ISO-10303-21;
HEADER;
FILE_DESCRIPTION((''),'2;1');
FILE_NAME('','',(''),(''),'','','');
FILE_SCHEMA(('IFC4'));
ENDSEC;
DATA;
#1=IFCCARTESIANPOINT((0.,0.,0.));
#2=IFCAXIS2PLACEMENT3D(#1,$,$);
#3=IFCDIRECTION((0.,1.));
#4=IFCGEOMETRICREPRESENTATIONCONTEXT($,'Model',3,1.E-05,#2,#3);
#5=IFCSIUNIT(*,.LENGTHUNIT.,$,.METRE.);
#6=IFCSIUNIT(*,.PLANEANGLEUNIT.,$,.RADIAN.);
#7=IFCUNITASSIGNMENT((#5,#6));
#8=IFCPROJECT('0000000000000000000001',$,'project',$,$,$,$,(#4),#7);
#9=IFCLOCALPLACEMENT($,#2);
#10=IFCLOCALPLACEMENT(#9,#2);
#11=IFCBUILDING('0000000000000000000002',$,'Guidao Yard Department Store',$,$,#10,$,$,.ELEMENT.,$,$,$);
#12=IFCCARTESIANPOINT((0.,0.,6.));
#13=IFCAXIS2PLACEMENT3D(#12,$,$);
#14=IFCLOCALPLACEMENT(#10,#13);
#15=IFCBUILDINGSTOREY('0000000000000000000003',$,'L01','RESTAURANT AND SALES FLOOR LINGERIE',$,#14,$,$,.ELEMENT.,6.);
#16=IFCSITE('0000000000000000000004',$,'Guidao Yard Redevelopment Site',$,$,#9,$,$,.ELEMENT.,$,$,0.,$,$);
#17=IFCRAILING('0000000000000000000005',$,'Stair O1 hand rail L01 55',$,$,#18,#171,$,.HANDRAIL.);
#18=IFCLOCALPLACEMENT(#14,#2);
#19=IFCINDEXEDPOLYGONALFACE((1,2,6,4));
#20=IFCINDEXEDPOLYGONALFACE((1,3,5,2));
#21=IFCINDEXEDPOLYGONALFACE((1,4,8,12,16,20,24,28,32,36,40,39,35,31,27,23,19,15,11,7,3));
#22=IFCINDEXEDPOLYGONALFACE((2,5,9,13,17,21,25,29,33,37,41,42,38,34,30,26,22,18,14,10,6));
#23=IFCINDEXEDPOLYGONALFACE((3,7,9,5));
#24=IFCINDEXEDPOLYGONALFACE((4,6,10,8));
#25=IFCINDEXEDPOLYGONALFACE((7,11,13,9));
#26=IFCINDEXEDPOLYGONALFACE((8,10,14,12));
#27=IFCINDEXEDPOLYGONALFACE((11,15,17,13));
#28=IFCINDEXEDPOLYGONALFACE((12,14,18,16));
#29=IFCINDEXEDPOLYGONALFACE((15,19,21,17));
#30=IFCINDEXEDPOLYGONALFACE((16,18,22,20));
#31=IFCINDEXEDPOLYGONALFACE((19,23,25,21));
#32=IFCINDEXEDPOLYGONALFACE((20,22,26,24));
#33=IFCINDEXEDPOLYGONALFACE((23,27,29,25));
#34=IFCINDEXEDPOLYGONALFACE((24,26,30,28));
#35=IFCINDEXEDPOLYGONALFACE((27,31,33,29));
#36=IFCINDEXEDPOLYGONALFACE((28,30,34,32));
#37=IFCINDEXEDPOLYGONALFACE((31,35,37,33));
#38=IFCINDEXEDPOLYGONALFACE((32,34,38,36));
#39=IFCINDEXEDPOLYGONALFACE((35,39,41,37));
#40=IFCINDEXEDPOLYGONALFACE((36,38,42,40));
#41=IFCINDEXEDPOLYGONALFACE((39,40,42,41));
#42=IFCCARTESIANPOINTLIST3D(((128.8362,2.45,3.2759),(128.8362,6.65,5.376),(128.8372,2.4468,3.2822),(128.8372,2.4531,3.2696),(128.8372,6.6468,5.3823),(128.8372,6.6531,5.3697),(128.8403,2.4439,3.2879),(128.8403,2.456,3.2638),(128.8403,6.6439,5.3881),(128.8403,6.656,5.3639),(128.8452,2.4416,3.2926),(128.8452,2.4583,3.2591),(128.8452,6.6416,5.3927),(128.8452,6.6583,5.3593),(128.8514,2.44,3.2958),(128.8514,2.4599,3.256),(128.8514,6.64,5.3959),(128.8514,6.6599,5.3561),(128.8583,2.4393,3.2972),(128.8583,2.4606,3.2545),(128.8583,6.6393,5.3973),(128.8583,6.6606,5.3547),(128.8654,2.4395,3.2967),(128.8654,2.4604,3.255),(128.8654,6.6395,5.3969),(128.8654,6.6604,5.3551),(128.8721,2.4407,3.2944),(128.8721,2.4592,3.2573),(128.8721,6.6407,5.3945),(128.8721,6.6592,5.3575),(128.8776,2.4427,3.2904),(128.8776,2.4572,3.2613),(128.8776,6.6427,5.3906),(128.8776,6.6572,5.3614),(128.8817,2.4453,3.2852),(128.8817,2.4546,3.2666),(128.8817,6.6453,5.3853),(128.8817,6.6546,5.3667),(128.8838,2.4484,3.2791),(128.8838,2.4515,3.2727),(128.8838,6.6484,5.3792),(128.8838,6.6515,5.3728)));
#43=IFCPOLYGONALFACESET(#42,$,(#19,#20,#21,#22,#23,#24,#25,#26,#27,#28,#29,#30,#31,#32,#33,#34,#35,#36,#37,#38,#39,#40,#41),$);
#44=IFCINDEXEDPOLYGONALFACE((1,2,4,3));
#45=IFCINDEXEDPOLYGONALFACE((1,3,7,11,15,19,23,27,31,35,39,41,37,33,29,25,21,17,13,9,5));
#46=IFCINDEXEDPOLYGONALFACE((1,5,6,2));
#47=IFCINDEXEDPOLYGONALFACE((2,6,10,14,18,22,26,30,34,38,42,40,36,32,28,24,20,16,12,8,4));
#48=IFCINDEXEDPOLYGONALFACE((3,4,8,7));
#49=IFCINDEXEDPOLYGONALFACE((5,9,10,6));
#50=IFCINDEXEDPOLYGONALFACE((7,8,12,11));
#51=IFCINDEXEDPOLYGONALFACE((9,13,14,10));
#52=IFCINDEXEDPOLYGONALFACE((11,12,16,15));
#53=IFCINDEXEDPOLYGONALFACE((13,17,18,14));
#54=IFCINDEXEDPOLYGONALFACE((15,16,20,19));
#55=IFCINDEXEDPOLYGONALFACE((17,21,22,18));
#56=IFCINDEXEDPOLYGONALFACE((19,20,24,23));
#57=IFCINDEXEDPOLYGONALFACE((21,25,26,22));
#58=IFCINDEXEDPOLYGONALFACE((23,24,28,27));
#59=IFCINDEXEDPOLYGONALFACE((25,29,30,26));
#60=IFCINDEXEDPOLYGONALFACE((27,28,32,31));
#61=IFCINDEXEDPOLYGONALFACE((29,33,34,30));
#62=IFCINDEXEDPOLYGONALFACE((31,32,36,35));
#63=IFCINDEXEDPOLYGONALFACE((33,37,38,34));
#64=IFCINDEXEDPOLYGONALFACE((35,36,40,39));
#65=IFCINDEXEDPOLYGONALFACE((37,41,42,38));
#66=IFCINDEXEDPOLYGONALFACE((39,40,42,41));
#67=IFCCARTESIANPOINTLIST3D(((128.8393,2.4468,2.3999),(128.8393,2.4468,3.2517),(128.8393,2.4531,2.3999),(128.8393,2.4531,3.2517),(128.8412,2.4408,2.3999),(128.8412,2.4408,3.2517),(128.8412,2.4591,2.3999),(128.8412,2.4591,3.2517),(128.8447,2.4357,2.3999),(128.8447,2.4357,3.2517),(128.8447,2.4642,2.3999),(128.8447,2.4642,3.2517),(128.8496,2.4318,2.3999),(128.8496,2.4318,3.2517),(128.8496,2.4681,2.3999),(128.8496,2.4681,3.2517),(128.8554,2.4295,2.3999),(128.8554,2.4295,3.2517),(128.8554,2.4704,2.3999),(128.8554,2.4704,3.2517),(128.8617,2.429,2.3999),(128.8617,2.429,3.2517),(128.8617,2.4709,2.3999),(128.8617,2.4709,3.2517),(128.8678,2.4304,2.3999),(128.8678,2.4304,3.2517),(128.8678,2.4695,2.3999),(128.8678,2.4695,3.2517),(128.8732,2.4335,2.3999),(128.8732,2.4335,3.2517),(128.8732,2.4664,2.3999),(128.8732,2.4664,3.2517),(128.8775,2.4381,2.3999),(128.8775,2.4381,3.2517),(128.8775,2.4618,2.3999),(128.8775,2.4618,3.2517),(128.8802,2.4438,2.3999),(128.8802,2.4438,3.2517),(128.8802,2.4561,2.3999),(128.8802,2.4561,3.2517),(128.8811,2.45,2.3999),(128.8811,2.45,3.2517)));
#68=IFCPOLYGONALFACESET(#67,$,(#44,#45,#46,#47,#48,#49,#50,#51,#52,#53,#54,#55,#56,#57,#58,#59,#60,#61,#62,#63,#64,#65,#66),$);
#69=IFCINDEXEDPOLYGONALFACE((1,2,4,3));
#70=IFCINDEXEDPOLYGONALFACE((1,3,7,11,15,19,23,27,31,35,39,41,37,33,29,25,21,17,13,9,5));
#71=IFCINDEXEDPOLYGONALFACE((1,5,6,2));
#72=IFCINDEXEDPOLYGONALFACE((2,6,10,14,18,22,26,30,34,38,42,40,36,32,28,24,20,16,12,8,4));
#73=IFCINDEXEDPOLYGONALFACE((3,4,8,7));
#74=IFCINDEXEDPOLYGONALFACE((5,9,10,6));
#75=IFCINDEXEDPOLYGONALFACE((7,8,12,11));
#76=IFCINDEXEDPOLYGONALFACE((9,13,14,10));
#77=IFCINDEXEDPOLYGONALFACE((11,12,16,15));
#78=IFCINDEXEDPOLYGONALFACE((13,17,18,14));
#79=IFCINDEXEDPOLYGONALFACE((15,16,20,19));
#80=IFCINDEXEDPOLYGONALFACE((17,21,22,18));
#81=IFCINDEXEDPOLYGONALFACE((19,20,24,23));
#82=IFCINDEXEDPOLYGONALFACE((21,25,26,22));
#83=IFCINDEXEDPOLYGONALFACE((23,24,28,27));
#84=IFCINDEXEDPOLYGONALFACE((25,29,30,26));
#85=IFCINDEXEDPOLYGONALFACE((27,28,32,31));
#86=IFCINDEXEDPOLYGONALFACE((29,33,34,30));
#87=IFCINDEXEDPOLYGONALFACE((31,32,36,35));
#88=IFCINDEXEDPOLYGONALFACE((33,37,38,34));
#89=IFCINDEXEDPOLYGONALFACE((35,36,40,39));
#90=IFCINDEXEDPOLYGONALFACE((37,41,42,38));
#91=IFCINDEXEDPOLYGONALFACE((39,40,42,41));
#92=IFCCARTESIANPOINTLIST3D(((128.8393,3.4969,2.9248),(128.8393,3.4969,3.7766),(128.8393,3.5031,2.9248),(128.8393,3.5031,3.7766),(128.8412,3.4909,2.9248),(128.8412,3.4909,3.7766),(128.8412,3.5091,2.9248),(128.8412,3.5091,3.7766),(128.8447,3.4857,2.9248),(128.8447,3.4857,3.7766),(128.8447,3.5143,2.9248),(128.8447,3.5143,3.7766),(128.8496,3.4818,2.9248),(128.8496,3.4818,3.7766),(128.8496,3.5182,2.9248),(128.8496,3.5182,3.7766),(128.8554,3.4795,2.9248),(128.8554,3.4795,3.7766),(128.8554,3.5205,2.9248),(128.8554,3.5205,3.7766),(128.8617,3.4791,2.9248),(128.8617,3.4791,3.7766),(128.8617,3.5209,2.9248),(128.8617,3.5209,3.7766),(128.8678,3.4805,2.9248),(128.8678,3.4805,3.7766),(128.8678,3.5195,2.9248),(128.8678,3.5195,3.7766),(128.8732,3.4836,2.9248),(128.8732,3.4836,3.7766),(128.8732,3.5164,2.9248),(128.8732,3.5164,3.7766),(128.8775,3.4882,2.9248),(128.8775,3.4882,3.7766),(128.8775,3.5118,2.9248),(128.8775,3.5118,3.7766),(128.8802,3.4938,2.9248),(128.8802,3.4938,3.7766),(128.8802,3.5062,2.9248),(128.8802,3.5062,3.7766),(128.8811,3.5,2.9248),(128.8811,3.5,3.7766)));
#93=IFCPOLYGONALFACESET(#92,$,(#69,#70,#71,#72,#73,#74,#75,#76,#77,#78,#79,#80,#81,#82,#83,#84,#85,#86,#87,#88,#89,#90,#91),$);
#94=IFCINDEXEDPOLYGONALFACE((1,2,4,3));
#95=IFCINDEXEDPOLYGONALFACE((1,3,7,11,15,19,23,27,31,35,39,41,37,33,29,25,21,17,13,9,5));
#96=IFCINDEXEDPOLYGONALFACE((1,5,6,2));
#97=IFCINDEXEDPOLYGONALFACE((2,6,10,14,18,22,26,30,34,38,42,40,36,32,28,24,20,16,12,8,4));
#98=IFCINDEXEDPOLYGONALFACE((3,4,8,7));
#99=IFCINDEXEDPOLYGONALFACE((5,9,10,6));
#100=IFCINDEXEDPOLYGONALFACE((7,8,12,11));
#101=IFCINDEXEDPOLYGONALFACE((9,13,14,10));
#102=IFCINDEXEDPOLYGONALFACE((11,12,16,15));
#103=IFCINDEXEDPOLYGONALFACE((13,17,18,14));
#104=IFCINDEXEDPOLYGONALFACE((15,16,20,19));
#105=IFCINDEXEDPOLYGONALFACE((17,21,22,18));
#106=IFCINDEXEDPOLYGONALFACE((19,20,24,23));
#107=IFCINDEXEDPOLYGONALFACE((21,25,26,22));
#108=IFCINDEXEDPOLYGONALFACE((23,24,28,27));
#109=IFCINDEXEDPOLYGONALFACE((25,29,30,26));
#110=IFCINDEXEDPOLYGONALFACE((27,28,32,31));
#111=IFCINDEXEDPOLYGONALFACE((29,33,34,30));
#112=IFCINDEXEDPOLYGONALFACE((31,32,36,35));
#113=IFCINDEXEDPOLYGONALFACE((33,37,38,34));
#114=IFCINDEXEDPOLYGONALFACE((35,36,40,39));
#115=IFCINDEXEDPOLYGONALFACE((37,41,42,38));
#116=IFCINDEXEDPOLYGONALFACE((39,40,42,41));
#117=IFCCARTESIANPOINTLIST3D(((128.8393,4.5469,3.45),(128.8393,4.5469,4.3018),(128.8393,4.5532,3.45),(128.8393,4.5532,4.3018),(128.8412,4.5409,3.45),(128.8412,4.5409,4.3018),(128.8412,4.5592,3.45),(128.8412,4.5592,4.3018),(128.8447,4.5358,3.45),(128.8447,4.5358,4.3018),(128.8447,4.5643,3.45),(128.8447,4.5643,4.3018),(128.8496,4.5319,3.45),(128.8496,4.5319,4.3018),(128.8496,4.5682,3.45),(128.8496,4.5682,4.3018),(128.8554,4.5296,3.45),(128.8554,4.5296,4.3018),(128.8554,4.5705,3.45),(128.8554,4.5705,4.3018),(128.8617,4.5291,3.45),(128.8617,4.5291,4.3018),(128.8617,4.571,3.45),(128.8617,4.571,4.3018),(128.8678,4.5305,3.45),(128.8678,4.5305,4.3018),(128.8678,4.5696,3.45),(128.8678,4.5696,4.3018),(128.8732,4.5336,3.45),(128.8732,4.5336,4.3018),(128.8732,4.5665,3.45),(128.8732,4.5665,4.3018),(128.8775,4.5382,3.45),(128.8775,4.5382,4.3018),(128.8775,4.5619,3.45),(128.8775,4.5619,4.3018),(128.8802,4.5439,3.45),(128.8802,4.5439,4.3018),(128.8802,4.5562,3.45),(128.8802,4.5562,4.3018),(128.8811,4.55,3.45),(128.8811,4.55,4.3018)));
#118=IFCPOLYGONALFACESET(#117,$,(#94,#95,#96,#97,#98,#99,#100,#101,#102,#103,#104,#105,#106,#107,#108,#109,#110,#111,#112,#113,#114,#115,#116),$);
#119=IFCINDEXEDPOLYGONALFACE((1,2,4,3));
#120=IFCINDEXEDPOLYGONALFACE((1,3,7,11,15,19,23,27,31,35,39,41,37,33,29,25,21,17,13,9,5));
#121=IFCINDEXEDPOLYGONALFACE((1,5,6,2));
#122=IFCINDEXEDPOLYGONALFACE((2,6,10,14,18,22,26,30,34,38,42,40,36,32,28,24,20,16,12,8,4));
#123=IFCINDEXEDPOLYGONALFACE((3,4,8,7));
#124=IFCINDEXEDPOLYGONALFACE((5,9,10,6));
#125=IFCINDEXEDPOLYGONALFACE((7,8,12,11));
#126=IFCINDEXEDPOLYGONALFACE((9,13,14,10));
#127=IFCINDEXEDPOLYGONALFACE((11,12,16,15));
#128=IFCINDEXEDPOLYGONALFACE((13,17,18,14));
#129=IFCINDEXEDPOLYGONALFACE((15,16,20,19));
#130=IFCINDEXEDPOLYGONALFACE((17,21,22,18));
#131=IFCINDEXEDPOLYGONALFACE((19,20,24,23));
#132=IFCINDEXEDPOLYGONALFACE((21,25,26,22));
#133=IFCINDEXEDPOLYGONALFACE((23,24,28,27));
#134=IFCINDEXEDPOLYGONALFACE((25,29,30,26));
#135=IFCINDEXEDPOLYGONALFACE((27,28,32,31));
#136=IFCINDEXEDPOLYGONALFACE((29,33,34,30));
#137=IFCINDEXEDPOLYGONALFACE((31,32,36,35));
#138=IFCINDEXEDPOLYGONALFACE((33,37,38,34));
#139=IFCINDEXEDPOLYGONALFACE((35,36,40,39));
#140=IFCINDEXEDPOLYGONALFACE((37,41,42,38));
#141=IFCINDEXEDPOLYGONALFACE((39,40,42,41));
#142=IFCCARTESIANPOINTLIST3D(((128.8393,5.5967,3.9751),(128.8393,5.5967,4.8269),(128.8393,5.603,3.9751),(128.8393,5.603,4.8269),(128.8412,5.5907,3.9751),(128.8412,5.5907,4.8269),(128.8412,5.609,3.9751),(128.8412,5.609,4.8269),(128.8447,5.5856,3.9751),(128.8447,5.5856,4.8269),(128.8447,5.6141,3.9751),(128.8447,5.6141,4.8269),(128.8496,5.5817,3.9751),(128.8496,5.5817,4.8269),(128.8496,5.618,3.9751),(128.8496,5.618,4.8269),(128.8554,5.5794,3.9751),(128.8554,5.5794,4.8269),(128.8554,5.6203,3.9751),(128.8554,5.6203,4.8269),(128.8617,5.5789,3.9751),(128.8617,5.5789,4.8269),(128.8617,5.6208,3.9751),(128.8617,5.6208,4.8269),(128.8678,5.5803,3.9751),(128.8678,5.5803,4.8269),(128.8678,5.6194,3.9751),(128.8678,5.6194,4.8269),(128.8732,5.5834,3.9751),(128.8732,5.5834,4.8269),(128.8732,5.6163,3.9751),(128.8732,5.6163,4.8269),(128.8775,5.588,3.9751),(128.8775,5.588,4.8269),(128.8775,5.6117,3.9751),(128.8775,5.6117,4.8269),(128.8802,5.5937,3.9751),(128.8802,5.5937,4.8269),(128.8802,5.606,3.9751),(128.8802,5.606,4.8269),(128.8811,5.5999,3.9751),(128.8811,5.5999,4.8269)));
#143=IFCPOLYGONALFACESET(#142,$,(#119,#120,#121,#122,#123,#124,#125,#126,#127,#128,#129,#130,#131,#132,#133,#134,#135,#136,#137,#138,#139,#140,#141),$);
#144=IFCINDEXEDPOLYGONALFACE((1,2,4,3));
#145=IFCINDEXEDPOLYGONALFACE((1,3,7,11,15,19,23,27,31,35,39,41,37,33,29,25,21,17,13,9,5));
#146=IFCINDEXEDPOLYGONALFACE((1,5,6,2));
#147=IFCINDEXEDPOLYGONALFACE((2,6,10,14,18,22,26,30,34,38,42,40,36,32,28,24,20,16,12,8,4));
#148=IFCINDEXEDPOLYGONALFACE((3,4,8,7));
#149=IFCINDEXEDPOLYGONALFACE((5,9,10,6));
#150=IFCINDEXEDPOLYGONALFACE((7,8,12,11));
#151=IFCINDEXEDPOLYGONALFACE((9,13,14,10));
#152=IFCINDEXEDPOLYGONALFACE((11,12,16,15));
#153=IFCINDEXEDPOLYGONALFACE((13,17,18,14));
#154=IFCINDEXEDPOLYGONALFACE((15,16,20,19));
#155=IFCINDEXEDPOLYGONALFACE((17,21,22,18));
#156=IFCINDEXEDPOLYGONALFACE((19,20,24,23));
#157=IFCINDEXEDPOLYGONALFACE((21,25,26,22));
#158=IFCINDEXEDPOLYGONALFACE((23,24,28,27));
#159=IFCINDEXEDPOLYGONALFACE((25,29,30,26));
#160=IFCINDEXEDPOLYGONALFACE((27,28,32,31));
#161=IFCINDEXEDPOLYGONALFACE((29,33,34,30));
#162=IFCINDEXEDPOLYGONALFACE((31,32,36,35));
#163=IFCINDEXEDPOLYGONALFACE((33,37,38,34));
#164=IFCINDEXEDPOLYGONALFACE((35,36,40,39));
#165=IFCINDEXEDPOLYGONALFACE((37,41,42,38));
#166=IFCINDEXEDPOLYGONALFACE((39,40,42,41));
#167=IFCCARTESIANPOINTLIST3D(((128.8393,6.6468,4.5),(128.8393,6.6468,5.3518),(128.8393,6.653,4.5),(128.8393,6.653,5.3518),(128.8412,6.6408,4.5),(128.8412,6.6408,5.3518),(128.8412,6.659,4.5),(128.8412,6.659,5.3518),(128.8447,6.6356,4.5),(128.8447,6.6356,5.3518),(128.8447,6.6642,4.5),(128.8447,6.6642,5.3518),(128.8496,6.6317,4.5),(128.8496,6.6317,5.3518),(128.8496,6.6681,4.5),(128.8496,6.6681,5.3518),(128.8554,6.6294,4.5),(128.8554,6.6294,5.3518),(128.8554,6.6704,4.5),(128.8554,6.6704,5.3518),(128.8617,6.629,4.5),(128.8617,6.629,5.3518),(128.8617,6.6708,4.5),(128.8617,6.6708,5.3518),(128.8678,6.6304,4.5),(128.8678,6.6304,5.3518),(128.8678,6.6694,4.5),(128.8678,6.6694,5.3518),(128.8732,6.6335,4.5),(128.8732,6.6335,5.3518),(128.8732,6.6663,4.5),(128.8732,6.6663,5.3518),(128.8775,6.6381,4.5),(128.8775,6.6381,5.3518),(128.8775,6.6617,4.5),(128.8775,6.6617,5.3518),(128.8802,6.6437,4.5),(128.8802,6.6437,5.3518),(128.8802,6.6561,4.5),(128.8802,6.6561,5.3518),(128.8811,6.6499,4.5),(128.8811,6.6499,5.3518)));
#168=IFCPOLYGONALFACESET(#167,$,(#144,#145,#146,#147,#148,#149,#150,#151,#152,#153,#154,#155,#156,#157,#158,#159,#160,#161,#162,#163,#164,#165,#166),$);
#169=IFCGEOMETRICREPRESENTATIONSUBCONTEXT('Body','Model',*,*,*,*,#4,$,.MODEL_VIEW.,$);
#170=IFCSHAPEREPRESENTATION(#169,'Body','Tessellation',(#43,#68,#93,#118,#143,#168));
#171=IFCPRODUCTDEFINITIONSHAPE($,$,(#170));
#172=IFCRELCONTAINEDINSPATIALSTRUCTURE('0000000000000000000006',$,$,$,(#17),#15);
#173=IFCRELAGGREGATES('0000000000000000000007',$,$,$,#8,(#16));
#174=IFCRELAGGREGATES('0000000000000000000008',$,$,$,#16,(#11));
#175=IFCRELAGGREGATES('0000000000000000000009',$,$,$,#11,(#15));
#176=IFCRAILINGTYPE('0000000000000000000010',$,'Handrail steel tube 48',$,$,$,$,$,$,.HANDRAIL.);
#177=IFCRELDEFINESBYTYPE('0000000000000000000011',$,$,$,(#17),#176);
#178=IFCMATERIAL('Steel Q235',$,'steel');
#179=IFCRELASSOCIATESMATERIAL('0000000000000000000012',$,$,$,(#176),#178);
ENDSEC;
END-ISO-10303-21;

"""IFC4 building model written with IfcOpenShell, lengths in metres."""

from ifc_helpers import new_model, si_unit, direction, frame, origin, origin_2d, place, context, subcontext, project, spatial, circle, extrude, material, type_object, element, save


model = new_model("IFC4")

# Units and contexts
model_context = context("Model", 3, precision=1e-05, world=origin(), true_north=direction((0.0, 1.0)))
body_context = subcontext(model_context, "Body", "Model", "MODEL_VIEW")
ifc_project = project(units=[si_unit("LENGTHUNIT", "METRE"), si_unit("PLANEANGLEUNIT", "RADIAN")], contexts=[model_context])

# Site, building, storey
site_placement = place(None, origin())
site = spatial("IfcSite", under=ifc_project, at=site_placement, Name="Guidao Yard Redevelopment Site", CompositionType="ELEMENT", RefElevation=0.0)
building_placement = place(site_placement, origin())
building = spatial("IfcBuilding", under=site, at=building_placement, Name="Guidao Yard Department Store", CompositionType="ELEMENT")
storey_placement = place(building_placement, frame((0.0, 0.0, 6.0)))
storey = spatial("IfcBuildingStorey", under=building, at=storey_placement, Name="L01", Description="RESTAURANT AND SALES FLOOR LINGERIE", CompositionType="ELEMENT", Elevation=6.0)

# Railing
ifc_material_1 = material(Name="Steel Q235", Category="steel")
railing_type_1 = type_object("IfcRailingType", Name="Handrail steel tube 48", PredefinedType="HANDRAIL", material=ifc_material_1)
railing_1_placement = place(storey_placement, frame((128.8601, 2.45, 2.3999)))
element("IfcRailing", 1, at=railing_1_placement, inside=storey, type_object=railing_type_1, Name="Stair O1 hand rail L01 55", PredefinedType="HANDRAIL", context=body_context, shape_type="SweptSolid", body=[
    extrude(circle(Radius=0.0239, at=origin_2d()), frame((0.0, 0.0, 0.876), z_axis=(0.0, 0.894417, 0.447234), x_axis=(-1.0, 0.0, 0.0)), (0.0, 0.0, 1.0), 4.6958),
    extrude(circle(Radius=0.021, at=origin_2d()), origin(), (0.0, 0.0, 1.0), 0.8518),
    extrude(circle(Radius=0.021, at=origin_2d()), frame((0.0, 1.05, 0.5249)), (0.0, 0.0, 1.0), 0.8518),
    extrude(circle(Radius=0.021, at=origin_2d()), frame((0.0, 2.1001, 1.05)), (0.0, 0.0, 1.0), 0.8518),
    extrude(circle(Radius=0.021, at=origin_2d()), frame((0.0, 3.1499, 1.5752)), (0.0, 0.0, 1.0), 0.8518),
    extrude(circle(Radius=0.021, at=origin_2d()), frame((0.0, 4.2, 2.1001)), (0.0, 0.0, 1.0), 0.8518),
])

save(model, "model.ifc")
